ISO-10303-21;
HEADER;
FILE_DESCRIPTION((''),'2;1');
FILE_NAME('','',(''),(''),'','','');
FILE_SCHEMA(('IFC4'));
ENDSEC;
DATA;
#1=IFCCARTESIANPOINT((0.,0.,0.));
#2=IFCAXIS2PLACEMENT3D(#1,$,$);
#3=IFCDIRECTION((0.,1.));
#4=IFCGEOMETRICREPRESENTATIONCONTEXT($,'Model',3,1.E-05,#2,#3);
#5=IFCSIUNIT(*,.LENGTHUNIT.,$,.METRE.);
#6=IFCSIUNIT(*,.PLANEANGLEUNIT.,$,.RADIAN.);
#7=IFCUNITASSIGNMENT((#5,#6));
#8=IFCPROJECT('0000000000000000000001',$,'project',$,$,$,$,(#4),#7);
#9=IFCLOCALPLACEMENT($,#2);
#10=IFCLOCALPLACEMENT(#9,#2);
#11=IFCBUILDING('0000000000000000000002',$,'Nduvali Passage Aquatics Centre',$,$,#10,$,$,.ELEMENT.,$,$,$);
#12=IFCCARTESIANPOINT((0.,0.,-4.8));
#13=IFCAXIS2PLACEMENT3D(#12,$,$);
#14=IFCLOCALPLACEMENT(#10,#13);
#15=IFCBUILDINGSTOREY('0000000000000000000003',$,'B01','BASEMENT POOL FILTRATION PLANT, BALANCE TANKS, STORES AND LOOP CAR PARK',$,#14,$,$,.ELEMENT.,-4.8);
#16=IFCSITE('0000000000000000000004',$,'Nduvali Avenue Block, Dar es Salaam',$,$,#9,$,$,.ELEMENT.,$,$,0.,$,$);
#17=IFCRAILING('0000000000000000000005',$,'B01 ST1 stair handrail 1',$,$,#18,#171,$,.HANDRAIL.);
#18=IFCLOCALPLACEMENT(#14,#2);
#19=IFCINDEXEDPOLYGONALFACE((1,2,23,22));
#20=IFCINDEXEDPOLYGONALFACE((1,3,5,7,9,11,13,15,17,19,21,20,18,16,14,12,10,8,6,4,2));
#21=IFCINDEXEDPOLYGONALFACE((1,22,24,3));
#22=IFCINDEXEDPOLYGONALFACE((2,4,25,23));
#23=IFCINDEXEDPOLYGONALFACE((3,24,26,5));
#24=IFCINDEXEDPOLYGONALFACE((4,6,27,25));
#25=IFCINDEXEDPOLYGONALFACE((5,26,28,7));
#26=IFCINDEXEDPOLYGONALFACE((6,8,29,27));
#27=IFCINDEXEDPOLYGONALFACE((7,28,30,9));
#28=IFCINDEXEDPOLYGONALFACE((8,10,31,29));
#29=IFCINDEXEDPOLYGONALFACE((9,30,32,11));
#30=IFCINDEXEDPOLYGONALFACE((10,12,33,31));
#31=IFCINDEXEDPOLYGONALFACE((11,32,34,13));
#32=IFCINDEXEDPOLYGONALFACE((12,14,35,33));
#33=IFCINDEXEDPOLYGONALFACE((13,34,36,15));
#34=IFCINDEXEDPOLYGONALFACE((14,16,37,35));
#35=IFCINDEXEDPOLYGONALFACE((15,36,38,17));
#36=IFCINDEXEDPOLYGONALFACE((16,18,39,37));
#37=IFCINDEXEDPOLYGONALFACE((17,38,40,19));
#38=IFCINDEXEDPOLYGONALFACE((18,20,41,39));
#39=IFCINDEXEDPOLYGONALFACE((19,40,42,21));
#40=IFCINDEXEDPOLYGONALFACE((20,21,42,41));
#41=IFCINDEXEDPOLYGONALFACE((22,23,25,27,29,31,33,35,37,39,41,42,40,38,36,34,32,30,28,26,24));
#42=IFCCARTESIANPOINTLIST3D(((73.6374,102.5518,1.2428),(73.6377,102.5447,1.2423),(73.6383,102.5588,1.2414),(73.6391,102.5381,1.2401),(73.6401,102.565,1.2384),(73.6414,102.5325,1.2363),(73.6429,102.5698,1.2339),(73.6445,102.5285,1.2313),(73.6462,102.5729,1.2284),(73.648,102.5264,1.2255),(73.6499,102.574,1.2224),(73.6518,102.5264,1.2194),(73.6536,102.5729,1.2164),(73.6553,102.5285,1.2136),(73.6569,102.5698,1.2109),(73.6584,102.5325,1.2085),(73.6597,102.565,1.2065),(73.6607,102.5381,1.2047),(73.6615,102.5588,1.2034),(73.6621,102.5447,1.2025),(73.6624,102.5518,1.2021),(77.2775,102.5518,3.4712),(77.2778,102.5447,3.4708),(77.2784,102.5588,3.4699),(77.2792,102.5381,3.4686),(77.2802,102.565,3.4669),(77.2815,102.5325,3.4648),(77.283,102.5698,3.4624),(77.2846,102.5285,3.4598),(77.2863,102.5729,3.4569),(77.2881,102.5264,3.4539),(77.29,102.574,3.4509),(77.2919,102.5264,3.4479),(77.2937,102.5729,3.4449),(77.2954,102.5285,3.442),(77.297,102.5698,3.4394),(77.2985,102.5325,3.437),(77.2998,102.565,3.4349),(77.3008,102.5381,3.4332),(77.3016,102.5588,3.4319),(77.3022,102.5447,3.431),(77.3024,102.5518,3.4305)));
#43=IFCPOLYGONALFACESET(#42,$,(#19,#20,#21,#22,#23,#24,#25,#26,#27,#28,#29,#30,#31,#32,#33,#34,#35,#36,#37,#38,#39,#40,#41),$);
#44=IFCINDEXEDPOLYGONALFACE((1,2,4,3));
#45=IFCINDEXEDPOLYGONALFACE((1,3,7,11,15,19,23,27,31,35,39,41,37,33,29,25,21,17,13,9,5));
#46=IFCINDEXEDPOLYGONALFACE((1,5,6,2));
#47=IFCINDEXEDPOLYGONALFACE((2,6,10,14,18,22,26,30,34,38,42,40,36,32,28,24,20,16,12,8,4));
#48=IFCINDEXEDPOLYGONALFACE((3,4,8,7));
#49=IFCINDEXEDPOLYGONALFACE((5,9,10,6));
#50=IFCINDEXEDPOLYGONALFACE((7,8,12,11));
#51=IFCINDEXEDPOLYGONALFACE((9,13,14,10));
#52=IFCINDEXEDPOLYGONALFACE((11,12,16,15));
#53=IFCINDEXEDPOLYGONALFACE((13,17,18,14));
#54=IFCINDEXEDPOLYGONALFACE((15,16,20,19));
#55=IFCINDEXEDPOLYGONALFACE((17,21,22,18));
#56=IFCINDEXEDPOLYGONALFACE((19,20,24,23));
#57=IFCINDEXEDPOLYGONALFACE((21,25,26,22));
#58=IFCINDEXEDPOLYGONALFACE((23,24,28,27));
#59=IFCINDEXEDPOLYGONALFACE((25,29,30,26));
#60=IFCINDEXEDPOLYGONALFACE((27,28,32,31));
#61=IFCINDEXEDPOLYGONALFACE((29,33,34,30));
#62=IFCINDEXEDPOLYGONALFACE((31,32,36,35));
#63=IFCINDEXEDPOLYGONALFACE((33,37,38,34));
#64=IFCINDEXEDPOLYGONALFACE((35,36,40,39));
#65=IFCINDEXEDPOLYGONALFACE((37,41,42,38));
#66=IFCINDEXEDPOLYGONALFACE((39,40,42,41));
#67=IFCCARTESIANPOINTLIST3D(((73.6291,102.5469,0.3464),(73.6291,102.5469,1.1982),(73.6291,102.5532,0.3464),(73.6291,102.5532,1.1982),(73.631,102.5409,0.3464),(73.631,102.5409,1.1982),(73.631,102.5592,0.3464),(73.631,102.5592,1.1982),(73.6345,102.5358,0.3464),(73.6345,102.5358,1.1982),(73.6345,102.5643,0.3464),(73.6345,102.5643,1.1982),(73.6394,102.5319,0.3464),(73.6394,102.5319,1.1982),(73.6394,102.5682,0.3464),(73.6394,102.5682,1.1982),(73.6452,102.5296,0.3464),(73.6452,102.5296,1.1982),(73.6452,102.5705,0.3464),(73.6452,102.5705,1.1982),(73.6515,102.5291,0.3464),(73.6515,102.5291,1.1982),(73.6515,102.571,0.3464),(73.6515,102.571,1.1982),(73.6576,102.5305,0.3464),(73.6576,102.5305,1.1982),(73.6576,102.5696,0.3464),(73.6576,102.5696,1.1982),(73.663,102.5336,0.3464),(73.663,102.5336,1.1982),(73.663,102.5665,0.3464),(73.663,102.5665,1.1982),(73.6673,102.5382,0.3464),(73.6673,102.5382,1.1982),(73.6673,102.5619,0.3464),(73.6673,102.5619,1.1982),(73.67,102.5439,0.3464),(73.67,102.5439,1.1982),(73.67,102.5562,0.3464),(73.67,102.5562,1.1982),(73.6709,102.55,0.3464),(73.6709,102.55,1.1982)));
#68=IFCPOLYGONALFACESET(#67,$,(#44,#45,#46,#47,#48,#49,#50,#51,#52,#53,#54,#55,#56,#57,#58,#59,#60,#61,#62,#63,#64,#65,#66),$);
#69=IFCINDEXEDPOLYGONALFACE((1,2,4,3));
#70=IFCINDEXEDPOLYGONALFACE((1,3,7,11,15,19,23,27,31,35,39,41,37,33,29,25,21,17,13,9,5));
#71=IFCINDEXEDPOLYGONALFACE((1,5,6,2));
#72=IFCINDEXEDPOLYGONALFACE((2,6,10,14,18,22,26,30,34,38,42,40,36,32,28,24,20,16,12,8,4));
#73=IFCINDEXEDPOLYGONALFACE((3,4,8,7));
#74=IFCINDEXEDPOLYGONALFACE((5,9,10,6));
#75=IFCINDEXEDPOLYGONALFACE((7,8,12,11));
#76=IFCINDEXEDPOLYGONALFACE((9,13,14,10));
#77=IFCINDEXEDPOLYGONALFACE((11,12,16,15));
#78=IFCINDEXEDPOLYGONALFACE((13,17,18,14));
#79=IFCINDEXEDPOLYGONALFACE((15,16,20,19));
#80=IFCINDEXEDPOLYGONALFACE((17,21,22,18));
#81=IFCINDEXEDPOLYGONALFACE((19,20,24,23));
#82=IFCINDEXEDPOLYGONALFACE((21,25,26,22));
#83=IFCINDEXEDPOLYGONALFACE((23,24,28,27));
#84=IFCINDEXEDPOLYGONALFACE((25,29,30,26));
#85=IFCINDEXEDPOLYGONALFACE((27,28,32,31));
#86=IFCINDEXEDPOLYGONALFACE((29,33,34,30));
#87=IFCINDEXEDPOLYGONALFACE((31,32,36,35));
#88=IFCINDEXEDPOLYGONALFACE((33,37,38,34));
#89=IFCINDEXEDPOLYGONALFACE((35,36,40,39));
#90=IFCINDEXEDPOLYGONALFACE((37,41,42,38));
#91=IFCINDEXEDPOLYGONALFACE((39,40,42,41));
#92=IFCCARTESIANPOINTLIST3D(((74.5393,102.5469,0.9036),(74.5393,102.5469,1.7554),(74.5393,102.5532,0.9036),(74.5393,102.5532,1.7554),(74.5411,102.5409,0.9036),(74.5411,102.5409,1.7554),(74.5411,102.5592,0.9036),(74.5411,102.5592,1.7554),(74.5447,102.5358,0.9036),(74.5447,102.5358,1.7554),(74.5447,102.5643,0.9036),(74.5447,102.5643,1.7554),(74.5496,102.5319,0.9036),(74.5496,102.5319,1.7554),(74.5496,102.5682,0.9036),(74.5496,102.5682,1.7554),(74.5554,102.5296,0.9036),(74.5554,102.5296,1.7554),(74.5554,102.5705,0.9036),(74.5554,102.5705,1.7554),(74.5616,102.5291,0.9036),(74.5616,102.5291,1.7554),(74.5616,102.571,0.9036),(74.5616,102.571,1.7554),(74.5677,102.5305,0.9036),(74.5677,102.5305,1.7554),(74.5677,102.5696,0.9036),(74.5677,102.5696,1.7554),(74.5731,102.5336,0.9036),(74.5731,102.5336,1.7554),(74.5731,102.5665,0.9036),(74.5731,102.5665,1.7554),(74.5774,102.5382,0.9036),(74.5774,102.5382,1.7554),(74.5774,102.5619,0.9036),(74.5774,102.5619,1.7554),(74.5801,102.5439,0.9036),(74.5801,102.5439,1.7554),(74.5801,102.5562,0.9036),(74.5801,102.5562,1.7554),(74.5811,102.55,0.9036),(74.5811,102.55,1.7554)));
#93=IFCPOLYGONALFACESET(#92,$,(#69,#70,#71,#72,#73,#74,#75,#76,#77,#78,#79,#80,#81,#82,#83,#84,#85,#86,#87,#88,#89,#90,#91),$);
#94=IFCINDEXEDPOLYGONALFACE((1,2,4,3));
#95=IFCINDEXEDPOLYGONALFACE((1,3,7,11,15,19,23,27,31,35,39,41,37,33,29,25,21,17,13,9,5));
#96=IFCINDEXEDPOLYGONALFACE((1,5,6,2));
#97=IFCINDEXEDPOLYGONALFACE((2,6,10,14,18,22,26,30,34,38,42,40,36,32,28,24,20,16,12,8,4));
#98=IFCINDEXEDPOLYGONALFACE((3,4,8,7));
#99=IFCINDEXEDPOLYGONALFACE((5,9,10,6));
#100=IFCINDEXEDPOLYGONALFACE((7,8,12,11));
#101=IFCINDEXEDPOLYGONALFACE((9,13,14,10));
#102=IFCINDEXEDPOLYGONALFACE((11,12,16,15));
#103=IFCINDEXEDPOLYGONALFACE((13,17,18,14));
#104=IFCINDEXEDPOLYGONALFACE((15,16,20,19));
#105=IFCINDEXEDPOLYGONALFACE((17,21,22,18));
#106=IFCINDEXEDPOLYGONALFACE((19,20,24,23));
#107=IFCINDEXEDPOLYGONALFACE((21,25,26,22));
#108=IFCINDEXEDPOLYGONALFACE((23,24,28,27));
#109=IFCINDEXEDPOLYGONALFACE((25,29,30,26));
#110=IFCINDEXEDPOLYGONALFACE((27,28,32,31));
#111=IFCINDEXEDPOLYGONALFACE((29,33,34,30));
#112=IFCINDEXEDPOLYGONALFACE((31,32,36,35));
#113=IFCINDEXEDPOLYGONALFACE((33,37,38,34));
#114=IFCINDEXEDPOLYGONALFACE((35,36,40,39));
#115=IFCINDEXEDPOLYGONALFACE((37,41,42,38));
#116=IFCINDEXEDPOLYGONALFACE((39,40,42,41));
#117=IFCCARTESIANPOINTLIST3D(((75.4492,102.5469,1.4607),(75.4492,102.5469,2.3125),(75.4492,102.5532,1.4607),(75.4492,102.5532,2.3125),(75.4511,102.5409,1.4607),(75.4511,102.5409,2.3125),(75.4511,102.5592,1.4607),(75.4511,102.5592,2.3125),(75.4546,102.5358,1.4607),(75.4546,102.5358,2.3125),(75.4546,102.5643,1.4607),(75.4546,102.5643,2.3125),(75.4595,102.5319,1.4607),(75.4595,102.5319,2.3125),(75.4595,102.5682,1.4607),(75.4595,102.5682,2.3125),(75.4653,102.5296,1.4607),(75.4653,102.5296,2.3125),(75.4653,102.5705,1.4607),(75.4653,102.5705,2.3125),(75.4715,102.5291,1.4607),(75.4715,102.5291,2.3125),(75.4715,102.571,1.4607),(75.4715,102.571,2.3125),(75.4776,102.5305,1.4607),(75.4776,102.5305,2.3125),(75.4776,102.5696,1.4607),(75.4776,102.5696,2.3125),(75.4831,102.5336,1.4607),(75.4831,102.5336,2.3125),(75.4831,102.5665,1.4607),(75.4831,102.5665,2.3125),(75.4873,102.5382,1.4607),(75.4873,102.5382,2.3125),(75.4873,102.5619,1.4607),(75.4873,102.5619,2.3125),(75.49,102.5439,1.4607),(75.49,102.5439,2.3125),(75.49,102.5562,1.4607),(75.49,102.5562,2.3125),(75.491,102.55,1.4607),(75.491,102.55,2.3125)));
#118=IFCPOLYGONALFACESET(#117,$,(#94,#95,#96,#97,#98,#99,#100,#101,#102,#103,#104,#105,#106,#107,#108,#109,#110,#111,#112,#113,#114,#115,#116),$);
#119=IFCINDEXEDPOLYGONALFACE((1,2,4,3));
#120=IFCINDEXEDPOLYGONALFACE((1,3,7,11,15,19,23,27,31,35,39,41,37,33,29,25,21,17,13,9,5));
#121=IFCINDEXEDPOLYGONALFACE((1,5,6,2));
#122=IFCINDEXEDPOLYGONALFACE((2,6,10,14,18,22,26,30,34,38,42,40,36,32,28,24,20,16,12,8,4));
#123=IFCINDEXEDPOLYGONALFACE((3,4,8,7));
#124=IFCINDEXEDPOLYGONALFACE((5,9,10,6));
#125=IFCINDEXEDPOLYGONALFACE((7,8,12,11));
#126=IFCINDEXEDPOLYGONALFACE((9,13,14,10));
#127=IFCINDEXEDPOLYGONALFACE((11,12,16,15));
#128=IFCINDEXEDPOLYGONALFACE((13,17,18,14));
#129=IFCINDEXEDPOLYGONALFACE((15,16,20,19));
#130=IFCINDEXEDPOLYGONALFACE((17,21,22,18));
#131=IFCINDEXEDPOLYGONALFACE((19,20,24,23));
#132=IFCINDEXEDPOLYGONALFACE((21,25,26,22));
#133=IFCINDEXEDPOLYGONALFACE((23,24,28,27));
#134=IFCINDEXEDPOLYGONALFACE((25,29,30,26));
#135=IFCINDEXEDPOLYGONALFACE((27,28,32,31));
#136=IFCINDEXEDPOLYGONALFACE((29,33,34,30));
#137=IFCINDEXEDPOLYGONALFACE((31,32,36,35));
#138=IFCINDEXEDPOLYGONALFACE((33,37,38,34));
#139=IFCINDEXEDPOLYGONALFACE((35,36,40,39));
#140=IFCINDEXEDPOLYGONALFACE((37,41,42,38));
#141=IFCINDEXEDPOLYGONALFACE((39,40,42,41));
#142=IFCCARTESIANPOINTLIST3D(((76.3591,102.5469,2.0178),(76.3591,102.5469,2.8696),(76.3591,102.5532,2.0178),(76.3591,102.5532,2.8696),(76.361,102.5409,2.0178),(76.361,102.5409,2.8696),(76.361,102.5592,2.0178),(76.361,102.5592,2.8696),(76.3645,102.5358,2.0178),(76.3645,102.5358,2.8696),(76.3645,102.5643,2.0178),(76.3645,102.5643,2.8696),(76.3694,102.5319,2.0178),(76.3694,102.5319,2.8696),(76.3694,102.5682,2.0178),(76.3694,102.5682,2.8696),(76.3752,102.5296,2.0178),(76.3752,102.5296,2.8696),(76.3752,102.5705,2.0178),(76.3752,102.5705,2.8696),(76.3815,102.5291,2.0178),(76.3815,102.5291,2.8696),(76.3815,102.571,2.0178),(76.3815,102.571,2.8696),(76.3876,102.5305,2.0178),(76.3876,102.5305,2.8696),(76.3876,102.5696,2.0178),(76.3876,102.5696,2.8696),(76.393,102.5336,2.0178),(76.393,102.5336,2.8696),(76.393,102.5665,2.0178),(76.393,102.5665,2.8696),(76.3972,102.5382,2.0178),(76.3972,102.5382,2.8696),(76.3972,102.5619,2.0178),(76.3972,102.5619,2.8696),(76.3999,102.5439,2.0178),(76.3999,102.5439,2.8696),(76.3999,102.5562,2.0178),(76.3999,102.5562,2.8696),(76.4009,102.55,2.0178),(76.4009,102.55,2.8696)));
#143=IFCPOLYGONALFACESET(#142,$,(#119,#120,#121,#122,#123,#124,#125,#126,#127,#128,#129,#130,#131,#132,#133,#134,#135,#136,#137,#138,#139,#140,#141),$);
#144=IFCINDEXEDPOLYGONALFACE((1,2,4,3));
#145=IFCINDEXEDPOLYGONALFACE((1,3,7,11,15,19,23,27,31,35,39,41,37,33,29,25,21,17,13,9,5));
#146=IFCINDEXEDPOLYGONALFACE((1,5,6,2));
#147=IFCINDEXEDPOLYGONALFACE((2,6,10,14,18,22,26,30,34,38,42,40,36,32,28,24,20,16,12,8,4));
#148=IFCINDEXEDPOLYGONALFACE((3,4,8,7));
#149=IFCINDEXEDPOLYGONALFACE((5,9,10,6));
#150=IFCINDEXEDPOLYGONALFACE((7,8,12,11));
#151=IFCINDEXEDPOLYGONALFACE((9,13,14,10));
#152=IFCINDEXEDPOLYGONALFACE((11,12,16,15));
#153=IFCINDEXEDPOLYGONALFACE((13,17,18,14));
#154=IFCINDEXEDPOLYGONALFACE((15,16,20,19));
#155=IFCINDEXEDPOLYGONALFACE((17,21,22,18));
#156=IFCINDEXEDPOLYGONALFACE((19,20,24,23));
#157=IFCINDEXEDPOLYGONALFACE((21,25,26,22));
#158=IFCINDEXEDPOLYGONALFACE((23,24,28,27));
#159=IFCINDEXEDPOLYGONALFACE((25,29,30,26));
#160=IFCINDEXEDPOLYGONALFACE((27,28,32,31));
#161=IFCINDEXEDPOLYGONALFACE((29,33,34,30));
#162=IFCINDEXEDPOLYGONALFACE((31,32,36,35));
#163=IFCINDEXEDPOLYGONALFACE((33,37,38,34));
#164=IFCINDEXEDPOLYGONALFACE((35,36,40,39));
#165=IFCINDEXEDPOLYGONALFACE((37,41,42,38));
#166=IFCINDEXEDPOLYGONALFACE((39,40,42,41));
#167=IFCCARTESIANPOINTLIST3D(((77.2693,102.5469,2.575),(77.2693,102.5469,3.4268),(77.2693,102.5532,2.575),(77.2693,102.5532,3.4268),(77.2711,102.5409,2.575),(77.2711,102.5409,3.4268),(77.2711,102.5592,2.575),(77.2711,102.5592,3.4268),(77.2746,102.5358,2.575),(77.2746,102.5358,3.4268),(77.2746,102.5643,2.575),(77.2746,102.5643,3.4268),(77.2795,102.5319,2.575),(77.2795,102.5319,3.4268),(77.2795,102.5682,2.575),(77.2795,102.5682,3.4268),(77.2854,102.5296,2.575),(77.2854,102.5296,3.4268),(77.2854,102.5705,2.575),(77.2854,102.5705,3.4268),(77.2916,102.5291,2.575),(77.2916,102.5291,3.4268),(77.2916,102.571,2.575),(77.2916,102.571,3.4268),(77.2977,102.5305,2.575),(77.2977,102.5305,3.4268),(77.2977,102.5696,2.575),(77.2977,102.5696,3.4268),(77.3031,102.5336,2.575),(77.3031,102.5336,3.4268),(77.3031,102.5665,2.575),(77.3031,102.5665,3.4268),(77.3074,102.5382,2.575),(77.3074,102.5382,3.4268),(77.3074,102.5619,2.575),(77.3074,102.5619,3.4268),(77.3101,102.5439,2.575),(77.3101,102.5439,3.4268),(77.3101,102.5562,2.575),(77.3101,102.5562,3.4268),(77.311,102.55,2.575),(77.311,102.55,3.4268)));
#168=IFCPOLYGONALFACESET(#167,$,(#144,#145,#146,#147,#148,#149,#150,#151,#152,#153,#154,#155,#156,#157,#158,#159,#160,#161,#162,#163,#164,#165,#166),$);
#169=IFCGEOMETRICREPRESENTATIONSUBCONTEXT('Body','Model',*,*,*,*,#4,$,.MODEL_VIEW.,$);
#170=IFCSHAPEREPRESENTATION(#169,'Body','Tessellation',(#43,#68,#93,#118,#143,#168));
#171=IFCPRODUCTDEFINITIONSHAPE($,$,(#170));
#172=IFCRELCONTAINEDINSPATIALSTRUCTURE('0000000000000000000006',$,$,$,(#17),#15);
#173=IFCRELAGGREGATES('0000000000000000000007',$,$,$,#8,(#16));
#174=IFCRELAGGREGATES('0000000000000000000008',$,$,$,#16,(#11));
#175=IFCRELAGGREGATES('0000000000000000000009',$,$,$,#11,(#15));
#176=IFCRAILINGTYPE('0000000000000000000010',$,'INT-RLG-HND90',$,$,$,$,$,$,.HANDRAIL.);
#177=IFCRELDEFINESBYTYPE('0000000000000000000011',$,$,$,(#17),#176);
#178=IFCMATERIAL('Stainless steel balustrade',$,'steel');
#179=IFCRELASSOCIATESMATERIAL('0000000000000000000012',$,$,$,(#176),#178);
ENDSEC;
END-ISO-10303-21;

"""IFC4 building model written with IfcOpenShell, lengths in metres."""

from ifc_helpers import new_model, si_unit, direction, frame, origin, origin_2d, place, context, subcontext, project, spatial, circle, extrude, material, type_object, element, save


model = new_model("IFC4")

# Units and contexts
model_context = context("Model", 3, precision=1e-05, world=origin(), true_north=direction((0.0, 1.0)))
body_context = subcontext(model_context, "Body", "Model", "MODEL_VIEW")
ifc_project = project(units=[si_unit("LENGTHUNIT", "METRE"), si_unit("PLANEANGLEUNIT", "RADIAN")], contexts=[model_context])

# Site, building, storey
site_placement = place(None, origin())
site = spatial("IfcSite", under=ifc_project, at=site_placement, Name="Nduvali Avenue Block, Dar es Salaam", CompositionType="ELEMENT", RefElevation=0.0)
building_placement = place(site_placement, origin())
building = spatial("IfcBuilding", under=site, at=building_placement, Name="Nduvali Passage Aquatics Centre", CompositionType="ELEMENT")
storey_placement = place(building_placement, frame((0.0, 0.0, -4.8)))
storey = spatial("IfcBuildingStorey", under=building, at=storey_placement, Name="B01", Description="BASEMENT POOL FILTRATION PLANT, BALANCE TANKS, STORES AND LOOP CAR PARK", CompositionType="ELEMENT", Elevation=-4.8)

# Railing
ifc_material_1 = material(Name="Stainless steel balustrade", Category="steel")
railing_type_1 = type_object("IfcRailingType", Name="INT-RLG-HND90", PredefinedType="HANDRAIL", material=ifc_material_1)
railing_1_placement = place(storey_placement, frame((73.6499, 102.55, 0.3464)))
element("IfcRailing", 1, at=railing_1_placement, inside=storey, type_object=railing_type_1, Name="B01 ST1 stair handrail 1", PredefinedType="HANDRAIL", context=body_context, shape_type="SweptSolid", body=[
    extrude(circle(Radius=0.0239, at=origin_2d()), frame((0.0, 0.0, 0.876), z_axis=(0.852866, 0.0, 0.52213), x_axis=(0.0, 1.0, 0.0)), (0.0, 0.0, 1.0), 4.2681),
    extrude(circle(Radius=0.021, at=origin_2d()), origin(), (0.0, 0.0, 1.0), 0.8518),
    extrude(circle(Radius=0.021, at=origin_2d()), frame((0.9102, 0.0, 0.5571)), (0.0, 0.0, 1.0), 0.8518),
    extrude(circle(Radius=0.021, at=origin_2d()), frame((1.8201, 0.0, 1.1143)), (0.0, 0.0, 1.0), 0.8518),
    extrude(circle(Radius=0.021, at=origin_2d()), frame((2.73, 0.0, 1.6714)), (0.0, 0.0, 1.0), 0.8518),
    extrude(circle(Radius=0.021, at=origin_2d()), frame((3.6401, 0.0, 2.2285)), (0.0, 0.0, 1.0), 0.8518),
])

save(model, "model.ifc")
